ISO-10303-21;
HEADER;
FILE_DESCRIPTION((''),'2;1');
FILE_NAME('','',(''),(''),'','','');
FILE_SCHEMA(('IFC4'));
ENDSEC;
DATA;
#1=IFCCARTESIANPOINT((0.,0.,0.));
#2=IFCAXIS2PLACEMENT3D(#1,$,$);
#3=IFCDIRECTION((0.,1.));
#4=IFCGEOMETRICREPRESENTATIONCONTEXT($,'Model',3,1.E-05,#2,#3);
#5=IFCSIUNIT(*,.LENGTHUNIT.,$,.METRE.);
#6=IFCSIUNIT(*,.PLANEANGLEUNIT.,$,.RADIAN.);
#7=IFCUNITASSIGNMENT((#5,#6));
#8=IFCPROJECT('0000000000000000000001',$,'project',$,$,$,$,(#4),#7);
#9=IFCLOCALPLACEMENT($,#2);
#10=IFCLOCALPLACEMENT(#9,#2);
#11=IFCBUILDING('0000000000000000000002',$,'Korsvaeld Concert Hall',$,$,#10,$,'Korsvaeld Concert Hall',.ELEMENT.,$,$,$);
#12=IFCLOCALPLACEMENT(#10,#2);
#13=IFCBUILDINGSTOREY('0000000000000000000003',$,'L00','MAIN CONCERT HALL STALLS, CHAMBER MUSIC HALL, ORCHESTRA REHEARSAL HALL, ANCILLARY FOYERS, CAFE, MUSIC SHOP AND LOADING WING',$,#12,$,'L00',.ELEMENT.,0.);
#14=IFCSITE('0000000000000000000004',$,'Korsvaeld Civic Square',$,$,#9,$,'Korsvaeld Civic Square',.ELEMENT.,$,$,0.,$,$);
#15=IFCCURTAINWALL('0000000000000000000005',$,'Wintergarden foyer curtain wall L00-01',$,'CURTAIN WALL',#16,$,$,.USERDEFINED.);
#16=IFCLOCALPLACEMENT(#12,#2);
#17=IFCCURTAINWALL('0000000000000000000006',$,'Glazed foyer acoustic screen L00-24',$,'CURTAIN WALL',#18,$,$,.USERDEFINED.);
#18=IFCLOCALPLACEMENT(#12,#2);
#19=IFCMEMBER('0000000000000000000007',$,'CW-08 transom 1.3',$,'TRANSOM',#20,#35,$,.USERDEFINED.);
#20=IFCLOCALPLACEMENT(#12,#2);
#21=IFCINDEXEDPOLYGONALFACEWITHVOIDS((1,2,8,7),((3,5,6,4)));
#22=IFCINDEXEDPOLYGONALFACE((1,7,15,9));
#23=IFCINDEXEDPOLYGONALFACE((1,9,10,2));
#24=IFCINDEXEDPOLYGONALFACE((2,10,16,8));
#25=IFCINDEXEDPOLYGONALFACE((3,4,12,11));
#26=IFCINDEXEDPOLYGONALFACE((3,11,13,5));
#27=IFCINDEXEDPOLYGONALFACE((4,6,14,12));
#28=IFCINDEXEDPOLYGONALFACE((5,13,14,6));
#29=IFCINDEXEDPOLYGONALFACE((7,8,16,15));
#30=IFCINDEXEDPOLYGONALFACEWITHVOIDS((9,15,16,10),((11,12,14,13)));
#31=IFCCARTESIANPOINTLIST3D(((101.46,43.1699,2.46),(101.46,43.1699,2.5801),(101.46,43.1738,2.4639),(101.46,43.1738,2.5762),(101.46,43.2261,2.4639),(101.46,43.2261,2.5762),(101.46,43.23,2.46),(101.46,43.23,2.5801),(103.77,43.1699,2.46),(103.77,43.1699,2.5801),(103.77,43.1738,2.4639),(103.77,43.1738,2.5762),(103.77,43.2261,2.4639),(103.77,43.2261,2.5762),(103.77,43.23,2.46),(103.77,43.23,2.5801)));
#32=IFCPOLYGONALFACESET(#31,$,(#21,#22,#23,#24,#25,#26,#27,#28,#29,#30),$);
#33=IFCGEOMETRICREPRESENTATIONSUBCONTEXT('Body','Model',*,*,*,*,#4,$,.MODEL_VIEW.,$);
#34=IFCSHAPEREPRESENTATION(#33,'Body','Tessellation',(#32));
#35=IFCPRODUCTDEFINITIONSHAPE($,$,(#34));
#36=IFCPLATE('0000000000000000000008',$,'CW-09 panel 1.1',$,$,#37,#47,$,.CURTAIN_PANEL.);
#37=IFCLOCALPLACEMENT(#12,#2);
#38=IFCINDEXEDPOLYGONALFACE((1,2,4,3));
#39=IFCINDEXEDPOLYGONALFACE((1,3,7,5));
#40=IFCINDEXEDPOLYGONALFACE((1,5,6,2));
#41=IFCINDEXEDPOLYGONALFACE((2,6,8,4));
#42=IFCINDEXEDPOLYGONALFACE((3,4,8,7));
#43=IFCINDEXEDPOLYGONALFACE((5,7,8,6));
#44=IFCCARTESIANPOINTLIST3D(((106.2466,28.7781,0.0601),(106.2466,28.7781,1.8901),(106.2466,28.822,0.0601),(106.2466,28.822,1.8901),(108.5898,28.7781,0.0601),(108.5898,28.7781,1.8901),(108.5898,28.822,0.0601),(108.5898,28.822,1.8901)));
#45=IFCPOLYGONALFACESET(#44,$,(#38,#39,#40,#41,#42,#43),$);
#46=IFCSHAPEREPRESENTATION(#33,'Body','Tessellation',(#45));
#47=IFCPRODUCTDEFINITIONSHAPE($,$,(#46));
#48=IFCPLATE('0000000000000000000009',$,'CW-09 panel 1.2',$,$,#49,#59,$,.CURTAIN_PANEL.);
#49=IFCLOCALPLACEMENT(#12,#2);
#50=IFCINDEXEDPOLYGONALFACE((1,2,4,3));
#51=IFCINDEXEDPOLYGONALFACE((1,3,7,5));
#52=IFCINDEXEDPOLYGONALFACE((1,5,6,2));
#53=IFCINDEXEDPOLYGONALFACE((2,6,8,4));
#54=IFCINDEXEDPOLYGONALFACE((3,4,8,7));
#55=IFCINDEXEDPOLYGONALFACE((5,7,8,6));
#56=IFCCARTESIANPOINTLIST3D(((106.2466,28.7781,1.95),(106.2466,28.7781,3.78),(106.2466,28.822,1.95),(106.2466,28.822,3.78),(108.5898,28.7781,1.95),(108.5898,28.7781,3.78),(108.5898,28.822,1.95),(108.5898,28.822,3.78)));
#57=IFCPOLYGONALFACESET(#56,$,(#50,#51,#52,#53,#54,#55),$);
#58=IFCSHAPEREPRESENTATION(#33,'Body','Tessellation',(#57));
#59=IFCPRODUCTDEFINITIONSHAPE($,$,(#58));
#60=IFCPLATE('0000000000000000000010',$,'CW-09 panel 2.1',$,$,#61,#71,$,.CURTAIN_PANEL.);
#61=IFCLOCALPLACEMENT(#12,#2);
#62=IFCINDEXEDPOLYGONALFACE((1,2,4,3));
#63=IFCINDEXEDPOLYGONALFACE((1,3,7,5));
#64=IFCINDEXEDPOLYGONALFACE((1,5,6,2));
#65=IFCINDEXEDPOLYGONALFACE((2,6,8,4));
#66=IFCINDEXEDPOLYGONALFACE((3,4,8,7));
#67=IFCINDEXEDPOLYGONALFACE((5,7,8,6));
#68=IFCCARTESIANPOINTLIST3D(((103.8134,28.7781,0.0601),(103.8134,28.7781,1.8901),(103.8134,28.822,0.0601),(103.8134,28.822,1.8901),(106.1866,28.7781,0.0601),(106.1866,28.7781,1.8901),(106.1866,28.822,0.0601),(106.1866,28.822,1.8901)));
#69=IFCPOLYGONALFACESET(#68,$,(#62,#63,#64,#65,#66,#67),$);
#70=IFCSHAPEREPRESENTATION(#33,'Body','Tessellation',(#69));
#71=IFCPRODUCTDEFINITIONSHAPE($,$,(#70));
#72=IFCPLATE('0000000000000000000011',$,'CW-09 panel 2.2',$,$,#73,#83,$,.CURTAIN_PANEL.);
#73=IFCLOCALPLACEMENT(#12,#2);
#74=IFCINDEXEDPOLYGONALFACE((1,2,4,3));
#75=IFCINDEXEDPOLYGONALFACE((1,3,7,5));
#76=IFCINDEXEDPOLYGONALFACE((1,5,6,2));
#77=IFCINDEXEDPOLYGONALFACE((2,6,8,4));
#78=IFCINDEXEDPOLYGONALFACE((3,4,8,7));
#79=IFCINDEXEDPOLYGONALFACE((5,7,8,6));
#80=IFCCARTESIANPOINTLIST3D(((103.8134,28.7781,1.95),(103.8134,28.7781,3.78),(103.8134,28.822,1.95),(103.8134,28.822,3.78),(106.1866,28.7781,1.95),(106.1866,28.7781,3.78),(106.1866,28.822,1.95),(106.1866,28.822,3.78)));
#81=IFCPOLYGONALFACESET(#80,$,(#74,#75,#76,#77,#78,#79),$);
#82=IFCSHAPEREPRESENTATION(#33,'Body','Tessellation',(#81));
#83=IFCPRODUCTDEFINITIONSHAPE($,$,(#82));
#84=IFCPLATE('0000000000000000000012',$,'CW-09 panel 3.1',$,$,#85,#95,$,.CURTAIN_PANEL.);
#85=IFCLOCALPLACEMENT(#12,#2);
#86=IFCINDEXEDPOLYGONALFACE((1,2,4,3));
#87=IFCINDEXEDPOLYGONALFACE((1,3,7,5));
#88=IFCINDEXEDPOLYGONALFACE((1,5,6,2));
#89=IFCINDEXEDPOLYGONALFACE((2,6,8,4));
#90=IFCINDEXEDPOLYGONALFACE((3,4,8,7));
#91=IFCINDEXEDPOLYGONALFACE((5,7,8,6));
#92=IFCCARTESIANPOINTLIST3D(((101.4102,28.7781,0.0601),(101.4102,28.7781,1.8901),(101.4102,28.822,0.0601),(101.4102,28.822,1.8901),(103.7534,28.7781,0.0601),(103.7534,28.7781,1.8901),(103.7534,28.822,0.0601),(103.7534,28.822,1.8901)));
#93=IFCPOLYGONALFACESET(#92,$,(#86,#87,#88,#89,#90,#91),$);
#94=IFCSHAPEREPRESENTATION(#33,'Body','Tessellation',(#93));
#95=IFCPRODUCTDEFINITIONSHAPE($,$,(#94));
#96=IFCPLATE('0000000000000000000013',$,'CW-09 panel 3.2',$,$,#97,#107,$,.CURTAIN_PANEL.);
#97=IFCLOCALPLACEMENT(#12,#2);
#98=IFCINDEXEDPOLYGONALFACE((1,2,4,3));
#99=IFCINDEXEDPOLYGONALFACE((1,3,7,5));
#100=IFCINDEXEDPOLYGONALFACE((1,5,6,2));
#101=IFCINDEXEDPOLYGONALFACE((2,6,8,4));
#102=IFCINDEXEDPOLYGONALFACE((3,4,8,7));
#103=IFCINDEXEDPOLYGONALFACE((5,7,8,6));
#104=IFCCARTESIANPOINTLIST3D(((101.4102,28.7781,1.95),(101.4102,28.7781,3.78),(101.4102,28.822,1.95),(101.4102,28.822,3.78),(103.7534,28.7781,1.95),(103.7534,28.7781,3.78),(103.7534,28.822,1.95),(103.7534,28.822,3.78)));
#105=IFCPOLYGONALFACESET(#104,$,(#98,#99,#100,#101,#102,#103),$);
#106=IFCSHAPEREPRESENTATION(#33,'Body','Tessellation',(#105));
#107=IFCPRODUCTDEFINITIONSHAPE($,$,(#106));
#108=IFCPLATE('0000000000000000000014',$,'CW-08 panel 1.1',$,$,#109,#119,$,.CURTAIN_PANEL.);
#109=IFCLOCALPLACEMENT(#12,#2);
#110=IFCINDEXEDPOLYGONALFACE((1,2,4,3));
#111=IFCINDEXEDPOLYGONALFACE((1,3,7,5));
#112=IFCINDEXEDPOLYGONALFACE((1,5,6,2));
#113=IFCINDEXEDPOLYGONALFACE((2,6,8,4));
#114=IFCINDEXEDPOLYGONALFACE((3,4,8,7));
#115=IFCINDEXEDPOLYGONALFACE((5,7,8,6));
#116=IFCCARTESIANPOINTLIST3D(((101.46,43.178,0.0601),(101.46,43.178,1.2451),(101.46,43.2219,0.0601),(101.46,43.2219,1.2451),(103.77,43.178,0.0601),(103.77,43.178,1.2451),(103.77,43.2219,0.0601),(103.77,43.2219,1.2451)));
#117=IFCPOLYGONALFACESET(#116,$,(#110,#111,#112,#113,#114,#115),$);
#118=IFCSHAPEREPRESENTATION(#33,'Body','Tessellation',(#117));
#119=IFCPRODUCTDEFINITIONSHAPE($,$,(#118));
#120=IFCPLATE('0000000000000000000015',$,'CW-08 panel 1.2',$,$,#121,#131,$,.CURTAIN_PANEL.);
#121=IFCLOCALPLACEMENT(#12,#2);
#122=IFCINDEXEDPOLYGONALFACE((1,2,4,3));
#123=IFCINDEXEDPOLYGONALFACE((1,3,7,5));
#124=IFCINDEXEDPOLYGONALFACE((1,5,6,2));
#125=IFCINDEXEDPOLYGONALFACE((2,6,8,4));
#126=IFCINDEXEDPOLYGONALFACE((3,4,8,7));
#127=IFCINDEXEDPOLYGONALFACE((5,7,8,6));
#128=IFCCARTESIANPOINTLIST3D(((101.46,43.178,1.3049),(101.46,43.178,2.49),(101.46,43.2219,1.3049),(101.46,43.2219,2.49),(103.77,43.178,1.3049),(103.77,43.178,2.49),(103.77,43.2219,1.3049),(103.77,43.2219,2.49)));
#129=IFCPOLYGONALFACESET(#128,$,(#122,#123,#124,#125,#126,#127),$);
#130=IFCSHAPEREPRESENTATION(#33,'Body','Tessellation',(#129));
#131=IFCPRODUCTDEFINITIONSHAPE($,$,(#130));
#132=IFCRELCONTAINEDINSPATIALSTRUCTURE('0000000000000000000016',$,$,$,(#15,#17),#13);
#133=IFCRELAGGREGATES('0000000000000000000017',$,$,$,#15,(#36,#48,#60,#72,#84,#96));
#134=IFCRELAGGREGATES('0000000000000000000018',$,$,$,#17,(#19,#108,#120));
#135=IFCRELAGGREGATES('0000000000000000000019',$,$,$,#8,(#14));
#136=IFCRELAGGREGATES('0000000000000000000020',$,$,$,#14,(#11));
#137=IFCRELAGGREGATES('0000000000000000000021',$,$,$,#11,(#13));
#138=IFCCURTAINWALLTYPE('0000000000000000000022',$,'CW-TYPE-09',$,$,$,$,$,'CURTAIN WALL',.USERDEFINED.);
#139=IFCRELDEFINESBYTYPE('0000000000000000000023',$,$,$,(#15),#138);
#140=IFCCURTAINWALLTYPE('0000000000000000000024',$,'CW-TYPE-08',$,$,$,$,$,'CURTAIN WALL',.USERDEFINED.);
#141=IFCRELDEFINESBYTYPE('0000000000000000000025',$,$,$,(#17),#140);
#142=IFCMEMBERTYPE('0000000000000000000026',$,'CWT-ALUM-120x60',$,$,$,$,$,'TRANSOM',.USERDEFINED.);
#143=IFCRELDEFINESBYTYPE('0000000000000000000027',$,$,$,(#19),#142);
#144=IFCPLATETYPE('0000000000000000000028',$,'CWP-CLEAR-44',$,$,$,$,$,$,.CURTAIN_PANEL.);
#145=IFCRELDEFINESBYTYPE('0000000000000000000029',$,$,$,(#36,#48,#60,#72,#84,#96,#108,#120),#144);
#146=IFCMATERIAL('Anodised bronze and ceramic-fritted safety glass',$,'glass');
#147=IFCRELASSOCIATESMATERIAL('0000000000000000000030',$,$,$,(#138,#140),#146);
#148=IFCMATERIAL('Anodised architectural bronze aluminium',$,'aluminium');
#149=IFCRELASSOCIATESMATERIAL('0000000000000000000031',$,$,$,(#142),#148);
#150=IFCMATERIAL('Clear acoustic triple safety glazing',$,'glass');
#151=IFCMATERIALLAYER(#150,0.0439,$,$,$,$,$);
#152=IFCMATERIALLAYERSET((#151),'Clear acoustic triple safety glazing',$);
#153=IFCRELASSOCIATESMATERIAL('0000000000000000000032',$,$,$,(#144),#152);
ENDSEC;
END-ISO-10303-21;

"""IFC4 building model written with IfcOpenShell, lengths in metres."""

from ifc_helpers import new_model, si_unit, direction, frame, origin, origin_2d, place, context, subcontext, project, spatial, rectangle, hollow_rectangle, extrude, material, layer, layer_set, material_profile, profile_set, type_object, element, aggregate, save


model = new_model("IFC4")

# Units and contexts
model_context = context("Model", 3, precision=1e-05, world=origin(), true_north=direction((0.0, 1.0)))
body_context = subcontext(model_context, "Body", "Model", "MODEL_VIEW")
ifc_project = project(units=[si_unit("LENGTHUNIT", "METRE"), si_unit("PLANEANGLEUNIT", "RADIAN")], contexts=[model_context])

# Site, building, storey
site_placement = place(None, origin())
site = spatial("IfcSite", under=ifc_project, at=site_placement, Name="Korsvaeld Civic Square", LongName="Korsvaeld Civic Square", CompositionType="ELEMENT", RefElevation=0.0)
building_placement = place(site_placement, origin())
building = spatial("IfcBuilding", under=site, at=building_placement, Name="Korsvaeld Concert Hall", LongName="Korsvaeld Concert Hall", CompositionType="ELEMENT")
storey_placement = place(building_placement, origin())
storey = spatial("IfcBuildingStorey", under=building, at=storey_placement, Name="L00", Description="MAIN CONCERT HALL STALLS, CHAMBER MUSIC HALL, ORCHESTRA REHEARSAL HALL, ANCILLARY FOYERS, CAFE, MUSIC SHOP AND LOADING WING", LongName="L00", CompositionType="ELEMENT", Elevation=0.0)

# Curtain walls
ifc_material_1 = material(Name="Anodised bronze and ceramic-fritted safety glass", Category="glass")
curtain_wall_type_1 = type_object("IfcCurtainWallType", Name="CW-TYPE-09", ElementType="CURTAIN WALL", PredefinedType="USERDEFINED", material=ifc_material_1)
curtain_wall_1_placement = place(storey_placement, origin())
curtain_wall_1 = element("IfcCurtainWall", 1, at=curtain_wall_1_placement, inside=storey, type_object=curtain_wall_type_1, Name="Wintergarden foyer curtain wall L00-01", ObjectType="CURTAIN WALL", PredefinedType="USERDEFINED")
ifc_material_2 = material(Name="Anodised architectural bronze aluminium", Category="aluminium")
curtain_wall_type_2 = type_object("IfcCurtainWallType", Name="CW-TYPE-08", ElementType="CURTAIN WALL", PredefinedType="USERDEFINED", material=ifc_material_1)
curtain_wall_2_placement = place(storey_placement, origin())
curtain_wall_2 = element("IfcCurtainWall", 2, at=curtain_wall_2_placement, inside=storey, type_object=curtain_wall_type_2, Name="Glazed foyer acoustic screen L00-24", ObjectType="CURTAIN WALL", PredefinedType="USERDEFINED")

# Member
ifc_material_profile_1 = material_profile(ifc_material_2, hollow_rectangle(XDim=0.0601, YDim=0.1201, WallThickness=0.0039, at=origin_2d()), Name="CWT 120x60x4")
ifc_profile_set_1 = profile_set([ifc_material_profile_1], Name="Anodised architectural bronze aluminium")
member_type_1 = type_object("IfcMemberType", Name="CWT-ALUM-120x60", ElementType="TRANSOM", PredefinedType="USERDEFINED", material=ifc_profile_set_1)
member_1_placement = place(storey_placement, frame((101.46, 43.2, 2.52), z_axis=(1.0, 0.0, 0.0), x_axis=(0.0, 1.0, 0.0)))
member_1 = element("IfcMember", 3, at=member_1_placement, type_object=member_type_1, Name="CW-08 transom 1.3", ObjectType="TRANSOM", PredefinedType="USERDEFINED", context=body_context, shape_type="SweptSolid", body=[
    extrude(hollow_rectangle(XDim=0.0601, YDim=0.1201, WallThickness=0.0039, at=origin_2d()), origin(), (0.0, 0.0, 1.0), 2.3101),
])

# Plates
ifc_material_3 = material(Name="Clear acoustic triple safety glazing", Category="glass")
ifc_layer = layer(ifc_material_3, 0.0439)
ifc_layer_set = layer_set([ifc_layer], Name="Clear acoustic triple safety glazing")
plate_type = type_object("IfcPlateType", Name="CWP-CLEAR-44", PredefinedType="CURTAIN_PANEL", material=ifc_layer_set)
plate_1_placement = place(storey_placement, frame((107.4182, 28.8, 0.0601), z_axis=(0.0, 0.0, 1.0), x_axis=(-1.0, 0.0, 0.0)))
plate_1 = element("IfcPlate", 4, at=plate_1_placement, type_object=plate_type, Name="CW-09 panel 1.1", PredefinedType="CURTAIN_PANEL", context=body_context, shape_type="SweptSolid", body=[
    extrude(rectangle(XDim=2.3433, YDim=0.0439, at=origin_2d()), origin(), (0.0, 0.0, 1.0), 1.8301),
])
plate_2_placement = place(storey_placement, frame((107.4182, 28.8, 1.95), z_axis=(0.0, 0.0, 1.0), x_axis=(-1.0, 0.0, 0.0)))
plate_2 = element("IfcPlate", 5, at=plate_2_placement, type_object=plate_type, Name="CW-09 panel 1.2", PredefinedType="CURTAIN_PANEL", context=body_context, shape_type="SweptSolid", body=[
    extrude(rectangle(XDim=2.3433, YDim=0.0439, at=origin_2d()), origin(), (0.0, 0.0, 1.0), 1.8301),
])
plate_3_placement = place(storey_placement, frame((105.0, 28.8, 0.0601), z_axis=(0.0, 0.0, 1.0), x_axis=(-1.0, 0.0, 0.0)))
plate_3 = element("IfcPlate", 6, at=plate_3_placement, type_object=plate_type, Name="CW-09 panel 2.1", PredefinedType="CURTAIN_PANEL", context=body_context, shape_type="SweptSolid", body=[
    extrude(rectangle(XDim=2.3733, YDim=0.0439, at=origin_2d()), origin(), (0.0, 0.0, 1.0), 1.8301),
])
plate_4_placement = place(storey_placement, frame((105.0, 28.8, 1.95), z_axis=(0.0, 0.0, 1.0), x_axis=(-1.0, 0.0, 0.0)))
plate_4 = element("IfcPlate", 7, at=plate_4_placement, type_object=plate_type, Name="CW-09 panel 2.2", PredefinedType="CURTAIN_PANEL", context=body_context, shape_type="SweptSolid", body=[
    extrude(rectangle(XDim=2.3733, YDim=0.0439, at=origin_2d()), origin(), (0.0, 0.0, 1.0), 1.8301),
])
plate_5_placement = place(storey_placement, frame((102.5818, 28.8, 0.0601), z_axis=(0.0, 0.0, 1.0), x_axis=(-1.0, 0.0, 0.0)))
plate_5 = element("IfcPlate", 8, at=plate_5_placement, type_object=plate_type, Name="CW-09 panel 3.1", PredefinedType="CURTAIN_PANEL", context=body_context, shape_type="SweptSolid", body=[
    extrude(rectangle(XDim=2.3433, YDim=0.0439, at=origin_2d()), origin(), (0.0, 0.0, 1.0), 1.8301),
])
plate_6_placement = place(storey_placement, frame((102.5818, 28.8, 1.95), z_axis=(0.0, 0.0, 1.0), x_axis=(-1.0, 0.0, 0.0)))
plate_6 = element("IfcPlate", 9, at=plate_6_placement, type_object=plate_type, Name="CW-09 panel 3.2", PredefinedType="CURTAIN_PANEL", context=body_context, shape_type="SweptSolid", body=[
    extrude(rectangle(XDim=2.3433, YDim=0.0439, at=origin_2d()), origin(), (0.0, 0.0, 1.0), 1.8301),
])
aggregate(curtain_wall_1, [plate_1, plate_2, plate_3, plate_4, plate_5, plate_6])
plate_7_placement = place(storey_placement, frame((102.615, 43.2, 0.0601), z_axis=(0.0, 0.0, 1.0), x_axis=(1.0, 0.0, 0.0)))
plate_7 = element("IfcPlate", 10, at=plate_7_placement, type_object=plate_type, Name="CW-08 panel 1.1", PredefinedType="CURTAIN_PANEL", context=body_context, shape_type="SweptSolid", body=[
    extrude(rectangle(XDim=2.3101, YDim=0.0439, at=origin_2d()), origin(), (0.0, 0.0, 1.0), 1.1851),
])
plate_8_placement = place(storey_placement, frame((102.615, 43.2, 1.3049), z_axis=(0.0, 0.0, 1.0), x_axis=(1.0, 0.0, 0.0)))
plate_8 = element("IfcPlate", 11, at=plate_8_placement, type_object=plate_type, Name="CW-08 panel 1.2", PredefinedType="CURTAIN_PANEL", context=body_context, shape_type="SweptSolid", body=[
    extrude(rectangle(XDim=2.3101, YDim=0.0439, at=origin_2d()), origin(), (0.0, 0.0, 1.0), 1.1851),
])
aggregate(curtain_wall_2, [member_1, plate_7, plate_8])

save(model, "model.ifc")
